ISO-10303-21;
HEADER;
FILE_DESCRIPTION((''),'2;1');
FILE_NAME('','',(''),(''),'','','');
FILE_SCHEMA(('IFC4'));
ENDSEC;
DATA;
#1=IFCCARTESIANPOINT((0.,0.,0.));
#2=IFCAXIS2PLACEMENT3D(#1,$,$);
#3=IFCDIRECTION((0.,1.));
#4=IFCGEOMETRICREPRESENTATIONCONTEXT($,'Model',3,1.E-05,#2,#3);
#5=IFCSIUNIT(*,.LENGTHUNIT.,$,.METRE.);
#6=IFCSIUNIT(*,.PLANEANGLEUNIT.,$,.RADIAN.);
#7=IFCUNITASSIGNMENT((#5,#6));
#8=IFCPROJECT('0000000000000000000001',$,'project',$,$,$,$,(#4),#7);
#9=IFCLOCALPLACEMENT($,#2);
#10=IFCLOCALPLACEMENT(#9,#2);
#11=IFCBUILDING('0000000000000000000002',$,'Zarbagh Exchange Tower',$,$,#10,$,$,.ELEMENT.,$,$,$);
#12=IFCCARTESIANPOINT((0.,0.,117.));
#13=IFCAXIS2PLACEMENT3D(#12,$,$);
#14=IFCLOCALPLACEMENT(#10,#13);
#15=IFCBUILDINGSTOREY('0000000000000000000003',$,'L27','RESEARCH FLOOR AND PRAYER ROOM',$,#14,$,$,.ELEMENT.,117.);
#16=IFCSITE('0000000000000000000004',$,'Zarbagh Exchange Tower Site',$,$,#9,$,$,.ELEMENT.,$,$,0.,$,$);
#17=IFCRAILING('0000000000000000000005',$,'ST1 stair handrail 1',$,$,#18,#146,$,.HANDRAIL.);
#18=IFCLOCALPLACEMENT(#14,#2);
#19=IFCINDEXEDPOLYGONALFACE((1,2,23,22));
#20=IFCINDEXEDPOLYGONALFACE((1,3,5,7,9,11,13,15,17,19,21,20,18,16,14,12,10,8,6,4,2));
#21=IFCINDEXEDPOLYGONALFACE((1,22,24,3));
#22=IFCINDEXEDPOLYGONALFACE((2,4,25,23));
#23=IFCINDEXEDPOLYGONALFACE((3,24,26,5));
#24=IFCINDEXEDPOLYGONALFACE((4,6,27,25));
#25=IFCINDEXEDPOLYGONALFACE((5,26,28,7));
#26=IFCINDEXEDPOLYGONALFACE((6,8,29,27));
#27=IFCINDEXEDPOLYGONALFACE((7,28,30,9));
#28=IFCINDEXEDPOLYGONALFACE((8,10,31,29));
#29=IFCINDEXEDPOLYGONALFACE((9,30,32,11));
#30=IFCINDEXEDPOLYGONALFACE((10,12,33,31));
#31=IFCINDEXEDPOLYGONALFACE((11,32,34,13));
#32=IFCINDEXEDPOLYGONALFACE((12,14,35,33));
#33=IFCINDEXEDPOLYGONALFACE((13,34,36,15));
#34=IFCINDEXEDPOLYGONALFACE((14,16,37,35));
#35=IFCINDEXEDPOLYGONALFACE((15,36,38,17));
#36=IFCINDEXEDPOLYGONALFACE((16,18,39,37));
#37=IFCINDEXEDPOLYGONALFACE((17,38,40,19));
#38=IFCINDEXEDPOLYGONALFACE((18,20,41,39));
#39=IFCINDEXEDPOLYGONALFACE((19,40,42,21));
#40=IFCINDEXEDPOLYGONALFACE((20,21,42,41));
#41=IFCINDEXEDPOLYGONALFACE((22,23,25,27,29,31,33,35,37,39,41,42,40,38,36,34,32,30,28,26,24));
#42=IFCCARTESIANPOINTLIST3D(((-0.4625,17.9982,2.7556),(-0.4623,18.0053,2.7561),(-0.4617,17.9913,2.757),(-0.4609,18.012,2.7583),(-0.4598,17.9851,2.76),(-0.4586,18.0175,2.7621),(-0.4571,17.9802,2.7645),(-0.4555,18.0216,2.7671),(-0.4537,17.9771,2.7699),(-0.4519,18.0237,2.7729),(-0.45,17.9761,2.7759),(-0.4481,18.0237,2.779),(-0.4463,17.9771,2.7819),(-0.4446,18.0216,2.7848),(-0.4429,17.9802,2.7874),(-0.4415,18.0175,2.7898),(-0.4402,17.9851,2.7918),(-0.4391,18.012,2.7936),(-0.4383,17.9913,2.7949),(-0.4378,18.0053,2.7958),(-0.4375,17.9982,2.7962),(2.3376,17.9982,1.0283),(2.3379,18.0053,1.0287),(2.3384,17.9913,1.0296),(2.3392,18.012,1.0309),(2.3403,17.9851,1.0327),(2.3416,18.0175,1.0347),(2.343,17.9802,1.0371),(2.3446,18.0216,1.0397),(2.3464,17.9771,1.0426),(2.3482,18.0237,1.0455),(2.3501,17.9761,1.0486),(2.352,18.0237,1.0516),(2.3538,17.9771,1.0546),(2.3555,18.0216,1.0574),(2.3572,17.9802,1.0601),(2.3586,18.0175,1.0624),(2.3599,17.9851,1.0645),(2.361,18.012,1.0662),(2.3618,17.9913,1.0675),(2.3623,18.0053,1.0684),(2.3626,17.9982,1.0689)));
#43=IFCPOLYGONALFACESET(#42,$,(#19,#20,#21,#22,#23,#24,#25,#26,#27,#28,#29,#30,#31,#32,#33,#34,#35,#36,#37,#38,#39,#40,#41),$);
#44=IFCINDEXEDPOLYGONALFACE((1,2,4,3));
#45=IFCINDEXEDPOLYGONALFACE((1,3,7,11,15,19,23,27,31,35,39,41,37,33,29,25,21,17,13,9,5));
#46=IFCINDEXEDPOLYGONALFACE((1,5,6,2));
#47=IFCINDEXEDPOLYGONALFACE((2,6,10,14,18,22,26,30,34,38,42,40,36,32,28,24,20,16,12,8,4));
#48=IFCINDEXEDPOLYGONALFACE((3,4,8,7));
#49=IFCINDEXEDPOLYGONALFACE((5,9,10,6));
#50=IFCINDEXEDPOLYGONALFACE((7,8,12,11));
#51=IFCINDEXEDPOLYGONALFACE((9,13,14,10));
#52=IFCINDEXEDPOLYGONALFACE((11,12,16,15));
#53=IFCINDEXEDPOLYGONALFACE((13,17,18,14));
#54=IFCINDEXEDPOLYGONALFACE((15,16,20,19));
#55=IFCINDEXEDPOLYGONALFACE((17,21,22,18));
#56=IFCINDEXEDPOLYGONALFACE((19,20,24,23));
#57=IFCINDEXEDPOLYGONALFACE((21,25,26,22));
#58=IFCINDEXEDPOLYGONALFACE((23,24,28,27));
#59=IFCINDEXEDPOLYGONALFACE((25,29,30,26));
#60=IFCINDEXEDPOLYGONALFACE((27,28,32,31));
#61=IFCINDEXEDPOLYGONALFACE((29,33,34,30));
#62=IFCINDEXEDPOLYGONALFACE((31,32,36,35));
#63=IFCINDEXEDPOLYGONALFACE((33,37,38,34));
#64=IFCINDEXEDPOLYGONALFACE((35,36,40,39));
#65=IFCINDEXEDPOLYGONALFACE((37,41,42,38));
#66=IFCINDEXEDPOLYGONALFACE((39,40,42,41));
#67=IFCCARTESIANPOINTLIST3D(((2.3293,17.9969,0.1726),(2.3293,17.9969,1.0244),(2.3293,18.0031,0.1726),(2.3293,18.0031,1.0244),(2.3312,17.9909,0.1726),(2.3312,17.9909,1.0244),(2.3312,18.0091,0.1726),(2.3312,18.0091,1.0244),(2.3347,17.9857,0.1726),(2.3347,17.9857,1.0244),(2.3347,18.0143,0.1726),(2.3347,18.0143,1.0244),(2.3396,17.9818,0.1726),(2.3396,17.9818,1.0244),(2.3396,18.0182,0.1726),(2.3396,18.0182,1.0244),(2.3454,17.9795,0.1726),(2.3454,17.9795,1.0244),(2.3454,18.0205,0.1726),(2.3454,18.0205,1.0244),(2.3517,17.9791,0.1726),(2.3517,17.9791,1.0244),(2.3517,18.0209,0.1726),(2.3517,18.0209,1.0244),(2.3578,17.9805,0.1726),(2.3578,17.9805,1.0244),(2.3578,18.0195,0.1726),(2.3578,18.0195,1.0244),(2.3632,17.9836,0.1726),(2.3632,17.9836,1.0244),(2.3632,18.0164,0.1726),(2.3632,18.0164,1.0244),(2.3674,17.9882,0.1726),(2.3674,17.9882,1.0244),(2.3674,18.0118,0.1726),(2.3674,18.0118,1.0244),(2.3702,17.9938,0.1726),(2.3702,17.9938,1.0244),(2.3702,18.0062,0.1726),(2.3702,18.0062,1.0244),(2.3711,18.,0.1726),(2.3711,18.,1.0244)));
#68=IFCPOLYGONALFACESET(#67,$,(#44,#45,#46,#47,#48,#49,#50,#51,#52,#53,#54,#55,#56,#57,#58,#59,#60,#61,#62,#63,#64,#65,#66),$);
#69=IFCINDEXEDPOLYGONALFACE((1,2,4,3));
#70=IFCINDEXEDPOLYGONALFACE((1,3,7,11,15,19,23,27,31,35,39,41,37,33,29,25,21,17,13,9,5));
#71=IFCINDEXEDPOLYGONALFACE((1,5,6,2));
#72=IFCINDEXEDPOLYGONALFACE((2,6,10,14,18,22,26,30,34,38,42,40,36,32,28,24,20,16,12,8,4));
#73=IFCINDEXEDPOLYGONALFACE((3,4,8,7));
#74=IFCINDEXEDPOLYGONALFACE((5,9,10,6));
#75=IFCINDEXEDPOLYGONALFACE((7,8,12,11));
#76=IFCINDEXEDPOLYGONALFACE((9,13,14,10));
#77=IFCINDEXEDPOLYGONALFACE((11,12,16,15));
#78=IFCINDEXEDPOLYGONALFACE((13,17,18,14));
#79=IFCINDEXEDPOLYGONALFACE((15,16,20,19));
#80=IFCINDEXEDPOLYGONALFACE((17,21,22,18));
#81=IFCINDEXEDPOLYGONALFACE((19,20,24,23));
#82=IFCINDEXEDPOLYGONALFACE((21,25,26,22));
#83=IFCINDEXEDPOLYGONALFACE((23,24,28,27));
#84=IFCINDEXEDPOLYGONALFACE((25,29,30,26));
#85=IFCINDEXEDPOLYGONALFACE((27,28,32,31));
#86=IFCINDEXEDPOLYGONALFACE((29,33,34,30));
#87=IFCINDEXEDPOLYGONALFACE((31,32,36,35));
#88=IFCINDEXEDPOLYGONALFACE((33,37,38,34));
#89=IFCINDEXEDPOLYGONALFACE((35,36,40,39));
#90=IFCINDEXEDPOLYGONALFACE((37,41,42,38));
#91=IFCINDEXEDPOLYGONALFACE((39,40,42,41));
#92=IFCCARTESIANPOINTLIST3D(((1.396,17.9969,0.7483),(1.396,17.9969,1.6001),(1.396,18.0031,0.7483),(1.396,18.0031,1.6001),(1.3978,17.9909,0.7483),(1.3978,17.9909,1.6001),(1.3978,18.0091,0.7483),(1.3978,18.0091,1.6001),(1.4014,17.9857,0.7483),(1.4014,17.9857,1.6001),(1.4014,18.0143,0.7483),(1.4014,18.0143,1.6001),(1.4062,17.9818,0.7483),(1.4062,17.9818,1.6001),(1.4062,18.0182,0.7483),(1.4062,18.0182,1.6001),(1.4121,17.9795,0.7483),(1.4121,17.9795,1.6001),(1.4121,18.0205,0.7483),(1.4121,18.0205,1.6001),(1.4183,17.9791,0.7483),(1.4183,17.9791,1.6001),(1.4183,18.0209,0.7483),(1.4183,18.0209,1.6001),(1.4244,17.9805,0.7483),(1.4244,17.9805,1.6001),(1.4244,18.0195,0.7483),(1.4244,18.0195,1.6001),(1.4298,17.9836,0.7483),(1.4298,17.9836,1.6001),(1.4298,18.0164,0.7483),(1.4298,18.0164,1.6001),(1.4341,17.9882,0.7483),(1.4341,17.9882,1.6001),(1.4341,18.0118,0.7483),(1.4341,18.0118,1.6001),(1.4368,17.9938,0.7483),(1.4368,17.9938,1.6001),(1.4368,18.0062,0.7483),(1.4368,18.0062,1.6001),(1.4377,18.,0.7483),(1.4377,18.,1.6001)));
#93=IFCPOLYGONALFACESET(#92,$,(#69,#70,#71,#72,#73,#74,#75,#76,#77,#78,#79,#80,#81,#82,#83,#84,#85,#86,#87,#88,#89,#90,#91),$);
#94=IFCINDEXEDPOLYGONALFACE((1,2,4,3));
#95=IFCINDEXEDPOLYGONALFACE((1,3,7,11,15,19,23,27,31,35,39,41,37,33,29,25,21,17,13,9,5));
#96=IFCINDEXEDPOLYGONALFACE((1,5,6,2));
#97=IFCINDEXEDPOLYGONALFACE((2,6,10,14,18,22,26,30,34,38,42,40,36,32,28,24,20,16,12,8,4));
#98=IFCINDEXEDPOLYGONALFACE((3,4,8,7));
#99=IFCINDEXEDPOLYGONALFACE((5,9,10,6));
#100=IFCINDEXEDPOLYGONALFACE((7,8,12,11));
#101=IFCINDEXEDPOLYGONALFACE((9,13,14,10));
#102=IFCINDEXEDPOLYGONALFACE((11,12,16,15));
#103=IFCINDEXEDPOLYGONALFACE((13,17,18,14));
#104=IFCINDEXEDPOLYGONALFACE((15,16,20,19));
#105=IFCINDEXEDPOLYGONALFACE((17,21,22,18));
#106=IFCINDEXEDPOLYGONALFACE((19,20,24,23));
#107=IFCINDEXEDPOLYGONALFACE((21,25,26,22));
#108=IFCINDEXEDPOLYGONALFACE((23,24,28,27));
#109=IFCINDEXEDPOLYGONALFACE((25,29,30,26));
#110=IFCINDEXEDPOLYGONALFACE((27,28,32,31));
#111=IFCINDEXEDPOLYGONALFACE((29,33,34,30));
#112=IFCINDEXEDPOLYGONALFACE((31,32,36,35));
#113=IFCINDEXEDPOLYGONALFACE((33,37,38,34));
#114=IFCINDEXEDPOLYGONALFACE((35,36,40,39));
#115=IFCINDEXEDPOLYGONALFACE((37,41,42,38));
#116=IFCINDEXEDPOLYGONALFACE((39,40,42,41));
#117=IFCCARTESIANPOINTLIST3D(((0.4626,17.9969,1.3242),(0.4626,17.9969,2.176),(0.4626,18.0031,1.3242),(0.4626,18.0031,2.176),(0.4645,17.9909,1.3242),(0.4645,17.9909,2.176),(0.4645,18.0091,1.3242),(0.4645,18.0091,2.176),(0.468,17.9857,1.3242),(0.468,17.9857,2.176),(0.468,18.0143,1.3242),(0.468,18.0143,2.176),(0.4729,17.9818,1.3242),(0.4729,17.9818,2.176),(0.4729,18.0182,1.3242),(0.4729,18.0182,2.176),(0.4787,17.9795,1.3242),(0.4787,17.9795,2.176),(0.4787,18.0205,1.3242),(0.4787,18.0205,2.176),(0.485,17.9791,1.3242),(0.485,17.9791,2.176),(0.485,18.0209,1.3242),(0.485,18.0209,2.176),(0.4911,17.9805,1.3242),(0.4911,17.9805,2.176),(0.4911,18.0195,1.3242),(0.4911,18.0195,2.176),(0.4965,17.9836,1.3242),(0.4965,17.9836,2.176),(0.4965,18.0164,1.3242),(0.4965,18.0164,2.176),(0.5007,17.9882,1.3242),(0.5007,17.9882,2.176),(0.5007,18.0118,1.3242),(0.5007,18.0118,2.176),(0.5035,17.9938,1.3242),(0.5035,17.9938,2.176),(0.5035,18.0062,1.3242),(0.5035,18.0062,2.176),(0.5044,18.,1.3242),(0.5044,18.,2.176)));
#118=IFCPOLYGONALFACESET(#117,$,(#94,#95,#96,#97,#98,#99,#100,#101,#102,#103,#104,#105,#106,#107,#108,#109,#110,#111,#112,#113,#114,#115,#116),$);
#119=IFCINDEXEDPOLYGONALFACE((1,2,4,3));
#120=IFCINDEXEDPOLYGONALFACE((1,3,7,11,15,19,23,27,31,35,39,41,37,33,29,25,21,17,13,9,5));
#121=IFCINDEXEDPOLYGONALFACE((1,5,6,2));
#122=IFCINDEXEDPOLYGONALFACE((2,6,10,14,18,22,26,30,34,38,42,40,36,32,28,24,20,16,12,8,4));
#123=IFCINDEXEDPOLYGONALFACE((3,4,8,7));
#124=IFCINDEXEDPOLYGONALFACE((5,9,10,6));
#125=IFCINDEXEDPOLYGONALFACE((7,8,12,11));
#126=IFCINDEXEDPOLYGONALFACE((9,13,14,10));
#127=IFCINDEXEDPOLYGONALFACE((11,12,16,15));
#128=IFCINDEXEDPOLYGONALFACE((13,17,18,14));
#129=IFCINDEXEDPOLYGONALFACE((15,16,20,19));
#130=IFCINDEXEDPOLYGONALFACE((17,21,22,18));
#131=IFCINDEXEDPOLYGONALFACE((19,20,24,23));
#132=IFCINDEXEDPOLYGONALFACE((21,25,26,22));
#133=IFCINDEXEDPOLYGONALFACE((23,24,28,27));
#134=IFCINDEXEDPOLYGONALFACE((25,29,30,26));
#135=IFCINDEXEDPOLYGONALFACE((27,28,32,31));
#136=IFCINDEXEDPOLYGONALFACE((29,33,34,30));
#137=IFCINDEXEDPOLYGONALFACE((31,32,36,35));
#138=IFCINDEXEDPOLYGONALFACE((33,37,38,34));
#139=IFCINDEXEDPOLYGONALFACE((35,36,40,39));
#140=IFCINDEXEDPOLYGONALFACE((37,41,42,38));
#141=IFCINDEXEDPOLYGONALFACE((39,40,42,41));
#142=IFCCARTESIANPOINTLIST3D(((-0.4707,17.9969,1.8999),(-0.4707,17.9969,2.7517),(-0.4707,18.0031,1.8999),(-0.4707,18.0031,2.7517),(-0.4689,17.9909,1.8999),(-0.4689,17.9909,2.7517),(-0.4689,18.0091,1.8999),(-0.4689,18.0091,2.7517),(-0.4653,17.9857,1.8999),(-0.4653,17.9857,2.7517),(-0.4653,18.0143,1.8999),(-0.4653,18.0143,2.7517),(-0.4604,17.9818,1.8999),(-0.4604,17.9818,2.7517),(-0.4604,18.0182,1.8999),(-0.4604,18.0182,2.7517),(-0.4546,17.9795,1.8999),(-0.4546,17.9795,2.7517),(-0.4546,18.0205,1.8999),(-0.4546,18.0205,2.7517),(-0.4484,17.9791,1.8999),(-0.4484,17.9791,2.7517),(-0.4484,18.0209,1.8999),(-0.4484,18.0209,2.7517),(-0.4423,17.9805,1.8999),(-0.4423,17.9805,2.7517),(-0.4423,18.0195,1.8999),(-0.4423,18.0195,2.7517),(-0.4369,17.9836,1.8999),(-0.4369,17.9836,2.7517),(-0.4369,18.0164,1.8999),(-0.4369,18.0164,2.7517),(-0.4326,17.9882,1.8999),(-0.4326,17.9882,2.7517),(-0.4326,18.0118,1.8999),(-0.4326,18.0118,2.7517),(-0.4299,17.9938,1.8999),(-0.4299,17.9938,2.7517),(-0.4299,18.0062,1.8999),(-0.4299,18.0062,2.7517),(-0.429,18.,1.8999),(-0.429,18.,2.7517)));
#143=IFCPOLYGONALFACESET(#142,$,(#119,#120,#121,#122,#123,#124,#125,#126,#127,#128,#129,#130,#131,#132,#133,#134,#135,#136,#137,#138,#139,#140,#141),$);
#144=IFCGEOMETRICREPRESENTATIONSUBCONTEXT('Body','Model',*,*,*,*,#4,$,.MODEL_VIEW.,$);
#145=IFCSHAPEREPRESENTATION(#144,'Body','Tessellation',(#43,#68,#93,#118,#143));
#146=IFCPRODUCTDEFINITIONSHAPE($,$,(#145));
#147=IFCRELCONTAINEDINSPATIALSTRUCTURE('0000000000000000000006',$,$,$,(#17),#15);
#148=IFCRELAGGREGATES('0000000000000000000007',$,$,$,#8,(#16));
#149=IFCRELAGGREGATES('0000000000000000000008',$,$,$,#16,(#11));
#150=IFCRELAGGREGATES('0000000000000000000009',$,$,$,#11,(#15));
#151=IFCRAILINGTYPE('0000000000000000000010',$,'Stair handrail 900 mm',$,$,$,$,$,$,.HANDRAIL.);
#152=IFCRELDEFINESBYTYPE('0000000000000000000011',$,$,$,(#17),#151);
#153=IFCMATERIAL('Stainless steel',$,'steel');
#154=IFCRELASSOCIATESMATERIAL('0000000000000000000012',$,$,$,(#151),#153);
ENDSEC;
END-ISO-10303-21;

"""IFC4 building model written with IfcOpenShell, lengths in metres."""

from ifc_helpers import new_model, si_unit, direction, frame, origin, origin_2d, place, context, subcontext, project, spatial, circle, extrude, material, type_object, element, save


model = new_model("IFC4")

# Units and contexts
model_context = context("Model", 3, precision=1e-05, world=origin(), true_north=direction((0.0, 1.0)))
body_context = subcontext(model_context, "Body", "Model", "MODEL_VIEW")
ifc_project = project(units=[si_unit("LENGTHUNIT", "METRE"), si_unit("PLANEANGLEUNIT", "RADIAN")], contexts=[model_context])

# Site, building, storey
site_placement = place(None, origin())
site = spatial("IfcSite", under=ifc_project, at=site_placement, Name="Zarbagh Exchange Tower Site", CompositionType="ELEMENT", RefElevation=0.0)
building_placement = place(site_placement, origin())
building = spatial("IfcBuilding", under=site, at=building_placement, Name="Zarbagh Exchange Tower", CompositionType="ELEMENT")
storey_placement = place(building_placement, frame((0.0, 0.0, 117.0)))
storey = spatial("IfcBuildingStorey", under=building, at=storey_placement, Name="L27", Description="RESEARCH FLOOR AND PRAYER ROOM", CompositionType="ELEMENT", Elevation=117.0)

# Shared definitions
ifc_material_1 = material(Name="Stainless steel", Category="steel")

# Railing
railing_type = type_object("IfcRailingType", Name="Stair handrail 900 mm", PredefinedType="HANDRAIL", material=ifc_material_1)
for number, where, name in (
    (1, (2.3501, 18.0, 0.1726), "ST1 stair handrail 1"),
):
    element("IfcRailing", number, at=place(storey_placement, frame(where)), inside=storey, type_object=railing_type, Name=name, PredefinedType="HANDRAIL", context=body_context, shape_type="SweptSolid", body=[
        extrude(circle(Radius=0.0239, at=origin_2d()), frame((0.0, 0.0, 0.876), z_axis=(-0.85109, 0.0, 0.52502), x_axis=(0.0, -1.0, 0.0)), (0.0, 0.0, 1.0), 3.29),
        extrude(circle(Radius=0.021, at=origin_2d()), origin(), (0.0, 0.0, 1.0), 0.8518),
        extrude(circle(Radius=0.021, at=origin_2d()), frame((-0.9333, 0.0, 0.5757)), (0.0, 0.0, 1.0), 0.8518),
        extrude(circle(Radius=0.021, at=origin_2d()), frame((-1.8667, 0.0, 1.1516)), (0.0, 0.0, 1.0), 0.8518),
        extrude(circle(Radius=0.021, at=origin_2d()), frame((-2.8, 0.0, 1.7273)), (0.0, 0.0, 1.0), 0.8518),
    ])

save(model, "model.ifc")
